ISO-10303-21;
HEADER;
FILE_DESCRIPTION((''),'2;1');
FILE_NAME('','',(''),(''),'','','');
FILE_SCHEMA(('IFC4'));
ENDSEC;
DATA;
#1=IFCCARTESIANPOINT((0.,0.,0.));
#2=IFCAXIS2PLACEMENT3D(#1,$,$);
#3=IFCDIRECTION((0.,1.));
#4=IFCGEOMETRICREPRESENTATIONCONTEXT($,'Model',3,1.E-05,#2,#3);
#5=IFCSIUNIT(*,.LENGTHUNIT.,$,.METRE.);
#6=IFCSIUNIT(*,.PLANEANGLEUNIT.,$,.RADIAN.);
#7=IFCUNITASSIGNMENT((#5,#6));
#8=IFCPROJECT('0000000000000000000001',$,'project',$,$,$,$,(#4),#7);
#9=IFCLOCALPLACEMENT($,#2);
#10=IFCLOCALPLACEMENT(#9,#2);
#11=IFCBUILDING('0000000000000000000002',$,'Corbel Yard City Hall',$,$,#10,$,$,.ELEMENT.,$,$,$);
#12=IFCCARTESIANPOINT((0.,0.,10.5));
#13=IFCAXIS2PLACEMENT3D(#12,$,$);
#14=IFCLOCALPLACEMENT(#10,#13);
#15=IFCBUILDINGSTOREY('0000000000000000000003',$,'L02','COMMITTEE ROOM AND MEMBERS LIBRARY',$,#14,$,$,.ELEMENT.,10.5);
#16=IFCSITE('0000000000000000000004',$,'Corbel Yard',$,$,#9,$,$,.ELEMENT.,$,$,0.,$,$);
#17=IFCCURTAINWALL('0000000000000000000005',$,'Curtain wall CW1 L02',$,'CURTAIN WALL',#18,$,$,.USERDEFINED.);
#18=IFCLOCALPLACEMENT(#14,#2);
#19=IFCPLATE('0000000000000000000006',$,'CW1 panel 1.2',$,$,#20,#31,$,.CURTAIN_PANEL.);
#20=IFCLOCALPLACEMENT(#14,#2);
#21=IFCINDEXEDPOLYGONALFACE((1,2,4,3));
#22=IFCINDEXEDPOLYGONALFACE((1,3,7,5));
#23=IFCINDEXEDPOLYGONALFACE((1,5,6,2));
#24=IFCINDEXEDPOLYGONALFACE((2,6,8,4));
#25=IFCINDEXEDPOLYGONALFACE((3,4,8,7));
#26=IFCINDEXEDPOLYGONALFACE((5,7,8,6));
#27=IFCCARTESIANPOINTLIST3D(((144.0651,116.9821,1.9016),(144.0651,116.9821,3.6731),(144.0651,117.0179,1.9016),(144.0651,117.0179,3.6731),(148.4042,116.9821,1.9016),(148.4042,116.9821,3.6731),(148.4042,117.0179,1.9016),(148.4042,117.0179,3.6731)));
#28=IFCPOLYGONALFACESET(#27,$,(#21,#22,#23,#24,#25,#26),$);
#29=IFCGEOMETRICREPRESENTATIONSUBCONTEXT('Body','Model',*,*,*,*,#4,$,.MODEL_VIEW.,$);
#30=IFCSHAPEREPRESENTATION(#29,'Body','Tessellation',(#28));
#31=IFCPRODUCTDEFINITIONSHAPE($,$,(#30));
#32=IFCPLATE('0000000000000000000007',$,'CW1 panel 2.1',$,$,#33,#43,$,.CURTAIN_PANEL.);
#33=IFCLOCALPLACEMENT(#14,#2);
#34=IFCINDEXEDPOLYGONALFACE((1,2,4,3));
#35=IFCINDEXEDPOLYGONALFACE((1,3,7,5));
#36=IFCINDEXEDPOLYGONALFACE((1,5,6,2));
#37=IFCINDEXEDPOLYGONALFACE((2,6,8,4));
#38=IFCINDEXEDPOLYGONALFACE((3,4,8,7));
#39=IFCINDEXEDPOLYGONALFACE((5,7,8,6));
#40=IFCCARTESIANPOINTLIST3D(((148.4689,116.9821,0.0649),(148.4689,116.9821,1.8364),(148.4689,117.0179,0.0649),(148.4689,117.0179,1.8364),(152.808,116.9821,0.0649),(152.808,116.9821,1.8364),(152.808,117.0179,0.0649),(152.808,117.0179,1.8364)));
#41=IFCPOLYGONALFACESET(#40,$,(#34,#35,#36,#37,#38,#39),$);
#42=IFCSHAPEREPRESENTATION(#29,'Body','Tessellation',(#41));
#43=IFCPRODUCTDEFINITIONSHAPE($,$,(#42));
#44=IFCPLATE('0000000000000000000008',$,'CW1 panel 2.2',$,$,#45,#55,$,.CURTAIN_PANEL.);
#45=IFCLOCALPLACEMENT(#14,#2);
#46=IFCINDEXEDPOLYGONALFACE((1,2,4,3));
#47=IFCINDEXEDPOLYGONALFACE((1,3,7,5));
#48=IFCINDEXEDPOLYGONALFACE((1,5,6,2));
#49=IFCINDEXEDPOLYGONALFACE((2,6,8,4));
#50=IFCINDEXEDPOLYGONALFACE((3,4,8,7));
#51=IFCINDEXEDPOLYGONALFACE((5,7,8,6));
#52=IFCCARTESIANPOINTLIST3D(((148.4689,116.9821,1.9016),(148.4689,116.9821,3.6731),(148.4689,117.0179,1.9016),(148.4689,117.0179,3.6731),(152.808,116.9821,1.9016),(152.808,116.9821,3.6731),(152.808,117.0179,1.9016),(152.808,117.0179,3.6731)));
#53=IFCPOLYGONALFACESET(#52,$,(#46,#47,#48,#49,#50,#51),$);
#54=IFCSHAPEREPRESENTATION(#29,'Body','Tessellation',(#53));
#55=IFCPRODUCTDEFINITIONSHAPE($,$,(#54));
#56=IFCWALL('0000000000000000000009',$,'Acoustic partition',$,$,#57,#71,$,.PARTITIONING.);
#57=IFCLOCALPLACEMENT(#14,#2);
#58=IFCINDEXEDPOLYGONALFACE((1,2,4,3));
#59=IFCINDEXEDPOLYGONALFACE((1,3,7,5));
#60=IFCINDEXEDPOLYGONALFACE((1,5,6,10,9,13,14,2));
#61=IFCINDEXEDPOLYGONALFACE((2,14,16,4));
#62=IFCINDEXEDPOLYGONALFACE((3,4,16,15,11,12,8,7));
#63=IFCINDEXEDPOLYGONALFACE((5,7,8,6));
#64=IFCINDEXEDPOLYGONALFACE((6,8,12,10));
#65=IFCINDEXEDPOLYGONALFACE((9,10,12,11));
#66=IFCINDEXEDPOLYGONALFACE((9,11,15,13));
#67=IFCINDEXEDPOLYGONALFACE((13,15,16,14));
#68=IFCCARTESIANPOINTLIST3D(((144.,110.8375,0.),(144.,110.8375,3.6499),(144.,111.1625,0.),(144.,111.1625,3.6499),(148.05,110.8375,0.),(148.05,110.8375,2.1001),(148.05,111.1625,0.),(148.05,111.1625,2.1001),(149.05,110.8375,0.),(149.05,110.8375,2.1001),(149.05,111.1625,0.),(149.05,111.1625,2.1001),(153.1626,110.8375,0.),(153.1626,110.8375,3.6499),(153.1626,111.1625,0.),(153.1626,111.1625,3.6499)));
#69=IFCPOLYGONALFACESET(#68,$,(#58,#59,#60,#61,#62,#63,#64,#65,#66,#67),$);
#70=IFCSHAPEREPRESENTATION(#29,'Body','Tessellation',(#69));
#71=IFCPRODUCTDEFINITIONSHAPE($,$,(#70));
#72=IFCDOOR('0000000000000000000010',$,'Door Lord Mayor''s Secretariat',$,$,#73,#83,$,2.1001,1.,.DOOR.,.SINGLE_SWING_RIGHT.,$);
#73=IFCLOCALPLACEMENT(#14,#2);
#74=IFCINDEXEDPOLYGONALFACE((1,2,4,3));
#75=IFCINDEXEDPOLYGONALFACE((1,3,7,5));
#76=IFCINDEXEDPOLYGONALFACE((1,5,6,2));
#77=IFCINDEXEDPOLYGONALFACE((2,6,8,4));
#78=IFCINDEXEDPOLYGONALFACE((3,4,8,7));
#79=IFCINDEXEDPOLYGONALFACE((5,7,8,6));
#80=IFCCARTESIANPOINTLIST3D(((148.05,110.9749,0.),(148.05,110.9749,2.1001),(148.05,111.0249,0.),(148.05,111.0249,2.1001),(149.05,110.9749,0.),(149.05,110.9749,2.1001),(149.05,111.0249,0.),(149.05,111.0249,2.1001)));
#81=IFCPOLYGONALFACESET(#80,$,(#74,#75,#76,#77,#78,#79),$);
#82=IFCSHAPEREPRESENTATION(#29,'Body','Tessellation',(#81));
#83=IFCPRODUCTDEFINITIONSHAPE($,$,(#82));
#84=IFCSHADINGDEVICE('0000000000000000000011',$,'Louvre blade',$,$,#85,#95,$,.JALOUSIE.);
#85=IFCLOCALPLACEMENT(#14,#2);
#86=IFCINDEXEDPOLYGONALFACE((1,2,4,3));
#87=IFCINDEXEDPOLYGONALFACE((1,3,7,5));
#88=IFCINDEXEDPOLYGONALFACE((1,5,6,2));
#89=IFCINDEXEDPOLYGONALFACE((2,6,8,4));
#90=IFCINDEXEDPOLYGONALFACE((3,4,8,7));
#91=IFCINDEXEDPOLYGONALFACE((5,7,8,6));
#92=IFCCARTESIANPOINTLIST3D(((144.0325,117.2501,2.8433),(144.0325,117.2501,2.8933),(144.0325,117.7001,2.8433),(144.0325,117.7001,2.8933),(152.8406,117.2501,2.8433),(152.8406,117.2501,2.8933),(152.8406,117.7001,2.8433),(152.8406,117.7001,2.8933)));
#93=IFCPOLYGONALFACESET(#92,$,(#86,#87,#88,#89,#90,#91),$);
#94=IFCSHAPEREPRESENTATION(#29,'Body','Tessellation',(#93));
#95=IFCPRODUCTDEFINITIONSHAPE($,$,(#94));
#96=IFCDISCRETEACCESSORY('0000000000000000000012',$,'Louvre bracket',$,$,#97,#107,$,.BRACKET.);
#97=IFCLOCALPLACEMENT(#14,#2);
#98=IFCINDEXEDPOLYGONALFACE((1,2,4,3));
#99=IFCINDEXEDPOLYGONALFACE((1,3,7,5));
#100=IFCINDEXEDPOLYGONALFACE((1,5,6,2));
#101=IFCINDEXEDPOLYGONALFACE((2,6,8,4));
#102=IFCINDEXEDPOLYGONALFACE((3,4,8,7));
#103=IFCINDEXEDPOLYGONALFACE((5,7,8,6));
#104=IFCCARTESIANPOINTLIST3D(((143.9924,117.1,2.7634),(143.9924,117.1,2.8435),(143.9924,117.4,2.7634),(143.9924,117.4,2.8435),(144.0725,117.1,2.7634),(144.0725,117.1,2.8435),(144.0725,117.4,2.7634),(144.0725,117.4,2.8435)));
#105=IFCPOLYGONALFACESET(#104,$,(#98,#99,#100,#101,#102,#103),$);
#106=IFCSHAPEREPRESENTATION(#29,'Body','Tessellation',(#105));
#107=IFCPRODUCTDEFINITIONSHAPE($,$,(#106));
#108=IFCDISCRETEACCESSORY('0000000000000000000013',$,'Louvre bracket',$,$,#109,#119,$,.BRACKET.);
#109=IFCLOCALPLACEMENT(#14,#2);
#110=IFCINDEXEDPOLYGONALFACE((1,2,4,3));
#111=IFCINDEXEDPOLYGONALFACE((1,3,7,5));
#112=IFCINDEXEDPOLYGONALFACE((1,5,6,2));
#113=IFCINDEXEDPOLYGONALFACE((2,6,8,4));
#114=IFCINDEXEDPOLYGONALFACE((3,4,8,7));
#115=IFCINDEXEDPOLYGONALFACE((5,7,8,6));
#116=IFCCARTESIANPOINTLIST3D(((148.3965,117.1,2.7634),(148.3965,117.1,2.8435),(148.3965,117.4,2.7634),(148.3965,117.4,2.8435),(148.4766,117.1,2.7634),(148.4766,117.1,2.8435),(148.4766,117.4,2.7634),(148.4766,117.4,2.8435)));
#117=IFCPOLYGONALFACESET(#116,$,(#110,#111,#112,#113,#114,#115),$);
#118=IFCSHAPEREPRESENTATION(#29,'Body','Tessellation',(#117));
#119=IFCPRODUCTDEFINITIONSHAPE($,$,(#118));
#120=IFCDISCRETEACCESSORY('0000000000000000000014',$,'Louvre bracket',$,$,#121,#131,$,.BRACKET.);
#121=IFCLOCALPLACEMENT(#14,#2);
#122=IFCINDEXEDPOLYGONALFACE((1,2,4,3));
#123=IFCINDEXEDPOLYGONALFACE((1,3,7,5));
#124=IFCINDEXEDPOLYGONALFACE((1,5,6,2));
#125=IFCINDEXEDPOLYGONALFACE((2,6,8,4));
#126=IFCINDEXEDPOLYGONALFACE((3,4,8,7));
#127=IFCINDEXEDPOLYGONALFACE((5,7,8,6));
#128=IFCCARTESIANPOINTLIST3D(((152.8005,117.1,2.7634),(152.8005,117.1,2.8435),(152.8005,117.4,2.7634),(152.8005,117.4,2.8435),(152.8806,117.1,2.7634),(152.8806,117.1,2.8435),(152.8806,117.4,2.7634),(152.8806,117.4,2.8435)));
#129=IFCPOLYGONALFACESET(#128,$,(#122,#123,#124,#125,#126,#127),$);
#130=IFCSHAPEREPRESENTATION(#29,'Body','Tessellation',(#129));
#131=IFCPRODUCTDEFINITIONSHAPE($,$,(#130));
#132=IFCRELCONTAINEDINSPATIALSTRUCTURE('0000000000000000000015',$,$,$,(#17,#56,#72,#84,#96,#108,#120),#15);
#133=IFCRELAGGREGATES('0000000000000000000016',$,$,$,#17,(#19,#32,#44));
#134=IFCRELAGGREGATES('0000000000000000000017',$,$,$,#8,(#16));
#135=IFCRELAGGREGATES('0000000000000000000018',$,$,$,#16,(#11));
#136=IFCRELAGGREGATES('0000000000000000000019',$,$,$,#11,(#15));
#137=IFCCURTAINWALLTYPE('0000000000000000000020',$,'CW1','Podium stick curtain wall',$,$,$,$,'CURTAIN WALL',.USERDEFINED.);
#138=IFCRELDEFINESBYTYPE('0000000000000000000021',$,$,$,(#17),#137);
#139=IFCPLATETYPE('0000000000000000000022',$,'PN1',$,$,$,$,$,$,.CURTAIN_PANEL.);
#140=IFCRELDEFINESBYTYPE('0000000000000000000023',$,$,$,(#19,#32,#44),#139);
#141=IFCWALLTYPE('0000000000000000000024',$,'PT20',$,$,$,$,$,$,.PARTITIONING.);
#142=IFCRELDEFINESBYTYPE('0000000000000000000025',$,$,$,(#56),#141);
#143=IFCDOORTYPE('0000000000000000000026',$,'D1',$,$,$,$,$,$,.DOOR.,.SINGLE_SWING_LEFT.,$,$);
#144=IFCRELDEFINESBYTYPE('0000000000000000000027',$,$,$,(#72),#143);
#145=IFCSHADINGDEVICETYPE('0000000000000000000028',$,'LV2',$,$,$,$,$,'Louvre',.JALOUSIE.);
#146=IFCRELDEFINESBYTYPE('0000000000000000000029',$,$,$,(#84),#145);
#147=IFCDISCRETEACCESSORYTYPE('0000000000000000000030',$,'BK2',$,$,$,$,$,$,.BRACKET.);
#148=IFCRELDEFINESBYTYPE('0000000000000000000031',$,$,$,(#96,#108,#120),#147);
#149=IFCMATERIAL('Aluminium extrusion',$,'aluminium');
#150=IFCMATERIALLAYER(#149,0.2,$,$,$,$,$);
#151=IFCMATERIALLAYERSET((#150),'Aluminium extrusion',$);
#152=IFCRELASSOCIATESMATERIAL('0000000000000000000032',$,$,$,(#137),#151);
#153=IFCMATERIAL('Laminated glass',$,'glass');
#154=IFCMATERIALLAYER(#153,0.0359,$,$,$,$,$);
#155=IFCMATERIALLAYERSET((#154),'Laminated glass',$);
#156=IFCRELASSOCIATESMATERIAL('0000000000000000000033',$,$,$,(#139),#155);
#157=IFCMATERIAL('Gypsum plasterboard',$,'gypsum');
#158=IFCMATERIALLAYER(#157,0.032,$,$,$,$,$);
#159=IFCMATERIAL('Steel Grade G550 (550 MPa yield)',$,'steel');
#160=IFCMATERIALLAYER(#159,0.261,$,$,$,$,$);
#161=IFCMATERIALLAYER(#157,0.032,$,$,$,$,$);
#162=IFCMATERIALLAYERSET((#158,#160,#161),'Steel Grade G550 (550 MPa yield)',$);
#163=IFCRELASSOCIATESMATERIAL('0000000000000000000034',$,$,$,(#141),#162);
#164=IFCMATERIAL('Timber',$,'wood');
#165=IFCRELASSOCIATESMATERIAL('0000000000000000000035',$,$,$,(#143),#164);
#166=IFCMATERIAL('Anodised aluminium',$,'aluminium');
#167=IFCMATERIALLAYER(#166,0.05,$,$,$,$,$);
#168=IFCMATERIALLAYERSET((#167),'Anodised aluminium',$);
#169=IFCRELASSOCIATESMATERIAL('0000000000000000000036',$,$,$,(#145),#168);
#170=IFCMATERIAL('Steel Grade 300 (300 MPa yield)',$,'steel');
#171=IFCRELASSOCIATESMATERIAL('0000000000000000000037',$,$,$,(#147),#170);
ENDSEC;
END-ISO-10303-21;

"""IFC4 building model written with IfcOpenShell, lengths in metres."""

from ifc_helpers import new_model, si_unit, direction, frame, frame_2d, origin, origin_2d, place, context, subcontext, project, spatial, rectangle, extrude, material, layer, layer_set, type_object, element, fill, aggregate, save


model = new_model("IFC4")

# Units and contexts
model_context = context("Model", 3, precision=1e-05, world=origin(), true_north=direction((0.0, 1.0)))
body_context = subcontext(model_context, "Body", "Model", "MODEL_VIEW")
ifc_project = project(units=[si_unit("LENGTHUNIT", "METRE"), si_unit("PLANEANGLEUNIT", "RADIAN")], contexts=[model_context])

# Site, building, storey
site_placement = place(None, origin())
site = spatial("IfcSite", under=ifc_project, at=site_placement, Name="Corbel Yard", CompositionType="ELEMENT", RefElevation=0.0)
building_placement = place(site_placement, origin())
building = spatial("IfcBuilding", under=site, at=building_placement, Name="Corbel Yard City Hall", CompositionType="ELEMENT")
storey_placement = place(building_placement, frame((0.0, 0.0, 10.5)))
storey = spatial("IfcBuildingStorey", under=building, at=storey_placement, Name="L02", Description="COMMITTEE ROOM AND MEMBERS LIBRARY", CompositionType="ELEMENT", Elevation=10.5)

# Shared definitions
ifc_material_1 = material(Name="Steel Grade 300 (300 MPa yield)", Category="steel")

# Curtain wall
ifc_material_2 = material(Name="Aluminium extrusion", Category="aluminium")
ifc_layer_1 = layer(ifc_material_2, 0.2)
ifc_layer_set_1 = layer_set([ifc_layer_1], Name="Aluminium extrusion")
curtain_wall_type = type_object("IfcCurtainWallType", Name="CW1", Description="Podium stick curtain wall", ElementType="CURTAIN WALL", PredefinedType="USERDEFINED", material=ifc_layer_set_1)
curtain_wall_placement = place(storey_placement, origin())
curtain_wall = element("IfcCurtainWall", 1, at=curtain_wall_placement, inside=storey, type_object=curtain_wall_type, Name="Curtain wall CW1 L02", ObjectType="CURTAIN WALL", PredefinedType="USERDEFINED")

# Plates
ifc_material_3 = material(Name="Laminated glass", Category="glass")
ifc_layer_2 = layer(ifc_material_3, 0.0359)
ifc_layer_set_2 = layer_set([ifc_layer_2], Name="Laminated glass")
plate_type = type_object("IfcPlateType", Name="PN1", PredefinedType="CURTAIN_PANEL", material=ifc_layer_set_2)
plate_1_placement = place(storey_placement, frame((146.2346, 117.0, 1.9016), z_axis=(0.0, 0.0, 1.0), x_axis=(1.0, 0.0, 0.0)))
plate_1 = element("IfcPlate", 2, at=plate_1_placement, type_object=plate_type, Name="CW1 panel 1.2", PredefinedType="CURTAIN_PANEL", context=body_context, shape_type="SweptSolid", body=[
    extrude(rectangle(XDim=4.3391, YDim=0.0359, at=origin_2d()), origin(), (0.0, 0.0, 1.0), 1.7715),
])
plate_2_placement = place(storey_placement, frame((150.6384, 117.0, 0.0649), z_axis=(0.0, 0.0, 1.0), x_axis=(1.0, 0.0, 0.0)))
plate_2 = element("IfcPlate", 3, at=plate_2_placement, type_object=plate_type, Name="CW1 panel 2.1", PredefinedType="CURTAIN_PANEL", context=body_context, shape_type="SweptSolid", body=[
    extrude(rectangle(XDim=4.3391, YDim=0.0359, at=origin_2d()), origin(), (0.0, 0.0, 1.0), 1.7715),
])
plate_3_placement = place(storey_placement, frame((150.6384, 117.0, 1.9016), z_axis=(0.0, 0.0, 1.0), x_axis=(1.0, 0.0, 0.0)))
plate_3 = element("IfcPlate", 4, at=plate_3_placement, type_object=plate_type, Name="CW1 panel 2.2", PredefinedType="CURTAIN_PANEL", context=body_context, shape_type="SweptSolid", body=[
    extrude(rectangle(XDim=4.3391, YDim=0.0359, at=origin_2d()), origin(), (0.0, 0.0, 1.0), 1.7715),
])
aggregate(curtain_wall, [plate_1, plate_2, plate_3])

# Wall, opening, door
ifc_material_4 = material(Name="Gypsum plasterboard", Category="gypsum")
ifc_layer_3 = layer(ifc_material_4, 0.032)
ifc_material_5 = material(Name="Steel Grade G550 (550 MPa yield)", Category="steel")
ifc_layer_4 = layer(ifc_material_5, 0.261)
ifc_layer_5 = layer(ifc_material_4, 0.032)
ifc_layer_set_3 = layer_set([ifc_layer_3, ifc_layer_4, ifc_layer_5], Name="Steel Grade G550 (550 MPa yield)")
wall_type = type_object("IfcWallType", Name="PT20", PredefinedType="PARTITIONING", material=ifc_layer_set_3)
wall_placement = place(storey_placement, frame((144.0, 111.0, 0.0), z_axis=(0.0, 0.0, 1.0), x_axis=(1.0, 0.0, 0.0)))
wall = element("IfcWall", 5, at=wall_placement, inside=storey, type_object=wall_type, Name="Acoustic partition", PredefinedType="PARTITIONING", context=body_context, shape_type="SweptSolid", body=[
    extrude(rectangle(XDim=9.1626, YDim=0.325, at=frame_2d((4.5813, 0.0))), origin(), (0.0, 0.0, 1.0), 3.6499),
])
opening_placement = place(wall_placement, frame((4.05, 0.0, 0.0)))
opening = element("IfcOpeningElement", 6, at=opening_placement, cuts=wall, PredefinedType="OPENING", context=body_context, shape_type="SweptSolid", body=[
    extrude(rectangle(XDim=1.0, YDim=2.1001, at=frame_2d((0.5, 1.05))), frame((0.0, 0.1724, 0.0), z_axis=(0.0, -1.0, 0.0), x_axis=(1.0, 0.0, 0.0)), (0.0, 0.0, 1.0), 0.345),
])
ifc_material_6 = material(Name="Timber", Category="wood")
door_type = type_object("IfcDoorType", Name="D1", OperationType="SINGLE_SWING_LEFT", PredefinedType="DOOR", material=ifc_material_6)
door_placement = place(opening_placement, origin())
door = element("IfcDoor", 7, at=door_placement, inside=storey, type_object=door_type, Name="Door Lord Mayor's Secretariat", OperationType="SINGLE_SWING_RIGHT", OverallHeight=2.1001, OverallWidth=1.0, PredefinedType="DOOR", context=body_context, shape_type="SweptSolid", body=[
    extrude(rectangle(XDim=1.0, YDim=2.1001, at=frame_2d((0.5, 1.05))), frame((0.0, 0.0249, 0.0), z_axis=(0.0, -1.0, 0.0), x_axis=(1.0, 0.0, 0.0)), (0.0, 0.0, 1.0), 0.05),
])
fill(opening, door)

# Shading device
ifc_material_7 = material(Name="Anodised aluminium", Category="aluminium")
ifc_layer_6 = layer(ifc_material_7, 0.05)
ifc_layer_set_4 = layer_set([ifc_layer_6], Name="Anodised aluminium")
shading_device_type = type_object("IfcShadingDeviceType", Name="LV2", ElementType="Louvre", PredefinedType="JALOUSIE", material=ifc_layer_set_4)
shading_device_placement = place(storey_placement, frame((148.4365, 117.4751, 2.8433), z_axis=(0.0, 0.0, 1.0), x_axis=(1.0, 0.0, 0.0)))
element("IfcShadingDevice", 8, at=shading_device_placement, inside=storey, type_object=shading_device_type, Name="Louvre blade", PredefinedType="JALOUSIE", context=body_context, shape_type="SweptSolid", body=[
    extrude(rectangle(XDim=8.8081, YDim=0.45, at=origin_2d()), origin(), (0.0, 0.0, 1.0), 0.05),
])

# Discrete accessories
discrete_accessory_type = type_object("IfcDiscreteAccessoryType", Name="BK2", PredefinedType="BRACKET", material=ifc_material_1)
for number, where, z_axis, x_axis, name in (
    (9, (144.0325, 117.25, 2.7634), (0.0, 0.0, 1.0), (1.0, 0.0, 0.0), "Louvre bracket"),
    (10, (148.4365, 117.25, 2.7634), (0.0, 0.0, 1.0), (1.0, 0.0, 0.0), "Louvre bracket"),
    (11, (152.8406, 117.25, 2.7634), (0.0, 0.0, 1.0), (1.0, 0.0, 0.0), "Louvre bracket"),
):
    element("IfcDiscreteAccessory", number, at=place(storey_placement, frame(where, z_axis=z_axis, x_axis=x_axis)), inside=storey, type_object=discrete_accessory_type, Name=name, PredefinedType="BRACKET", context=body_context, shape_type="SweptSolid", body=[
        extrude(rectangle(XDim=0.0801, YDim=0.3, at=origin_2d()), origin(), (0.0, 0.0, 1.0), 0.0801),
    ])

save(model, "model.ifc")
